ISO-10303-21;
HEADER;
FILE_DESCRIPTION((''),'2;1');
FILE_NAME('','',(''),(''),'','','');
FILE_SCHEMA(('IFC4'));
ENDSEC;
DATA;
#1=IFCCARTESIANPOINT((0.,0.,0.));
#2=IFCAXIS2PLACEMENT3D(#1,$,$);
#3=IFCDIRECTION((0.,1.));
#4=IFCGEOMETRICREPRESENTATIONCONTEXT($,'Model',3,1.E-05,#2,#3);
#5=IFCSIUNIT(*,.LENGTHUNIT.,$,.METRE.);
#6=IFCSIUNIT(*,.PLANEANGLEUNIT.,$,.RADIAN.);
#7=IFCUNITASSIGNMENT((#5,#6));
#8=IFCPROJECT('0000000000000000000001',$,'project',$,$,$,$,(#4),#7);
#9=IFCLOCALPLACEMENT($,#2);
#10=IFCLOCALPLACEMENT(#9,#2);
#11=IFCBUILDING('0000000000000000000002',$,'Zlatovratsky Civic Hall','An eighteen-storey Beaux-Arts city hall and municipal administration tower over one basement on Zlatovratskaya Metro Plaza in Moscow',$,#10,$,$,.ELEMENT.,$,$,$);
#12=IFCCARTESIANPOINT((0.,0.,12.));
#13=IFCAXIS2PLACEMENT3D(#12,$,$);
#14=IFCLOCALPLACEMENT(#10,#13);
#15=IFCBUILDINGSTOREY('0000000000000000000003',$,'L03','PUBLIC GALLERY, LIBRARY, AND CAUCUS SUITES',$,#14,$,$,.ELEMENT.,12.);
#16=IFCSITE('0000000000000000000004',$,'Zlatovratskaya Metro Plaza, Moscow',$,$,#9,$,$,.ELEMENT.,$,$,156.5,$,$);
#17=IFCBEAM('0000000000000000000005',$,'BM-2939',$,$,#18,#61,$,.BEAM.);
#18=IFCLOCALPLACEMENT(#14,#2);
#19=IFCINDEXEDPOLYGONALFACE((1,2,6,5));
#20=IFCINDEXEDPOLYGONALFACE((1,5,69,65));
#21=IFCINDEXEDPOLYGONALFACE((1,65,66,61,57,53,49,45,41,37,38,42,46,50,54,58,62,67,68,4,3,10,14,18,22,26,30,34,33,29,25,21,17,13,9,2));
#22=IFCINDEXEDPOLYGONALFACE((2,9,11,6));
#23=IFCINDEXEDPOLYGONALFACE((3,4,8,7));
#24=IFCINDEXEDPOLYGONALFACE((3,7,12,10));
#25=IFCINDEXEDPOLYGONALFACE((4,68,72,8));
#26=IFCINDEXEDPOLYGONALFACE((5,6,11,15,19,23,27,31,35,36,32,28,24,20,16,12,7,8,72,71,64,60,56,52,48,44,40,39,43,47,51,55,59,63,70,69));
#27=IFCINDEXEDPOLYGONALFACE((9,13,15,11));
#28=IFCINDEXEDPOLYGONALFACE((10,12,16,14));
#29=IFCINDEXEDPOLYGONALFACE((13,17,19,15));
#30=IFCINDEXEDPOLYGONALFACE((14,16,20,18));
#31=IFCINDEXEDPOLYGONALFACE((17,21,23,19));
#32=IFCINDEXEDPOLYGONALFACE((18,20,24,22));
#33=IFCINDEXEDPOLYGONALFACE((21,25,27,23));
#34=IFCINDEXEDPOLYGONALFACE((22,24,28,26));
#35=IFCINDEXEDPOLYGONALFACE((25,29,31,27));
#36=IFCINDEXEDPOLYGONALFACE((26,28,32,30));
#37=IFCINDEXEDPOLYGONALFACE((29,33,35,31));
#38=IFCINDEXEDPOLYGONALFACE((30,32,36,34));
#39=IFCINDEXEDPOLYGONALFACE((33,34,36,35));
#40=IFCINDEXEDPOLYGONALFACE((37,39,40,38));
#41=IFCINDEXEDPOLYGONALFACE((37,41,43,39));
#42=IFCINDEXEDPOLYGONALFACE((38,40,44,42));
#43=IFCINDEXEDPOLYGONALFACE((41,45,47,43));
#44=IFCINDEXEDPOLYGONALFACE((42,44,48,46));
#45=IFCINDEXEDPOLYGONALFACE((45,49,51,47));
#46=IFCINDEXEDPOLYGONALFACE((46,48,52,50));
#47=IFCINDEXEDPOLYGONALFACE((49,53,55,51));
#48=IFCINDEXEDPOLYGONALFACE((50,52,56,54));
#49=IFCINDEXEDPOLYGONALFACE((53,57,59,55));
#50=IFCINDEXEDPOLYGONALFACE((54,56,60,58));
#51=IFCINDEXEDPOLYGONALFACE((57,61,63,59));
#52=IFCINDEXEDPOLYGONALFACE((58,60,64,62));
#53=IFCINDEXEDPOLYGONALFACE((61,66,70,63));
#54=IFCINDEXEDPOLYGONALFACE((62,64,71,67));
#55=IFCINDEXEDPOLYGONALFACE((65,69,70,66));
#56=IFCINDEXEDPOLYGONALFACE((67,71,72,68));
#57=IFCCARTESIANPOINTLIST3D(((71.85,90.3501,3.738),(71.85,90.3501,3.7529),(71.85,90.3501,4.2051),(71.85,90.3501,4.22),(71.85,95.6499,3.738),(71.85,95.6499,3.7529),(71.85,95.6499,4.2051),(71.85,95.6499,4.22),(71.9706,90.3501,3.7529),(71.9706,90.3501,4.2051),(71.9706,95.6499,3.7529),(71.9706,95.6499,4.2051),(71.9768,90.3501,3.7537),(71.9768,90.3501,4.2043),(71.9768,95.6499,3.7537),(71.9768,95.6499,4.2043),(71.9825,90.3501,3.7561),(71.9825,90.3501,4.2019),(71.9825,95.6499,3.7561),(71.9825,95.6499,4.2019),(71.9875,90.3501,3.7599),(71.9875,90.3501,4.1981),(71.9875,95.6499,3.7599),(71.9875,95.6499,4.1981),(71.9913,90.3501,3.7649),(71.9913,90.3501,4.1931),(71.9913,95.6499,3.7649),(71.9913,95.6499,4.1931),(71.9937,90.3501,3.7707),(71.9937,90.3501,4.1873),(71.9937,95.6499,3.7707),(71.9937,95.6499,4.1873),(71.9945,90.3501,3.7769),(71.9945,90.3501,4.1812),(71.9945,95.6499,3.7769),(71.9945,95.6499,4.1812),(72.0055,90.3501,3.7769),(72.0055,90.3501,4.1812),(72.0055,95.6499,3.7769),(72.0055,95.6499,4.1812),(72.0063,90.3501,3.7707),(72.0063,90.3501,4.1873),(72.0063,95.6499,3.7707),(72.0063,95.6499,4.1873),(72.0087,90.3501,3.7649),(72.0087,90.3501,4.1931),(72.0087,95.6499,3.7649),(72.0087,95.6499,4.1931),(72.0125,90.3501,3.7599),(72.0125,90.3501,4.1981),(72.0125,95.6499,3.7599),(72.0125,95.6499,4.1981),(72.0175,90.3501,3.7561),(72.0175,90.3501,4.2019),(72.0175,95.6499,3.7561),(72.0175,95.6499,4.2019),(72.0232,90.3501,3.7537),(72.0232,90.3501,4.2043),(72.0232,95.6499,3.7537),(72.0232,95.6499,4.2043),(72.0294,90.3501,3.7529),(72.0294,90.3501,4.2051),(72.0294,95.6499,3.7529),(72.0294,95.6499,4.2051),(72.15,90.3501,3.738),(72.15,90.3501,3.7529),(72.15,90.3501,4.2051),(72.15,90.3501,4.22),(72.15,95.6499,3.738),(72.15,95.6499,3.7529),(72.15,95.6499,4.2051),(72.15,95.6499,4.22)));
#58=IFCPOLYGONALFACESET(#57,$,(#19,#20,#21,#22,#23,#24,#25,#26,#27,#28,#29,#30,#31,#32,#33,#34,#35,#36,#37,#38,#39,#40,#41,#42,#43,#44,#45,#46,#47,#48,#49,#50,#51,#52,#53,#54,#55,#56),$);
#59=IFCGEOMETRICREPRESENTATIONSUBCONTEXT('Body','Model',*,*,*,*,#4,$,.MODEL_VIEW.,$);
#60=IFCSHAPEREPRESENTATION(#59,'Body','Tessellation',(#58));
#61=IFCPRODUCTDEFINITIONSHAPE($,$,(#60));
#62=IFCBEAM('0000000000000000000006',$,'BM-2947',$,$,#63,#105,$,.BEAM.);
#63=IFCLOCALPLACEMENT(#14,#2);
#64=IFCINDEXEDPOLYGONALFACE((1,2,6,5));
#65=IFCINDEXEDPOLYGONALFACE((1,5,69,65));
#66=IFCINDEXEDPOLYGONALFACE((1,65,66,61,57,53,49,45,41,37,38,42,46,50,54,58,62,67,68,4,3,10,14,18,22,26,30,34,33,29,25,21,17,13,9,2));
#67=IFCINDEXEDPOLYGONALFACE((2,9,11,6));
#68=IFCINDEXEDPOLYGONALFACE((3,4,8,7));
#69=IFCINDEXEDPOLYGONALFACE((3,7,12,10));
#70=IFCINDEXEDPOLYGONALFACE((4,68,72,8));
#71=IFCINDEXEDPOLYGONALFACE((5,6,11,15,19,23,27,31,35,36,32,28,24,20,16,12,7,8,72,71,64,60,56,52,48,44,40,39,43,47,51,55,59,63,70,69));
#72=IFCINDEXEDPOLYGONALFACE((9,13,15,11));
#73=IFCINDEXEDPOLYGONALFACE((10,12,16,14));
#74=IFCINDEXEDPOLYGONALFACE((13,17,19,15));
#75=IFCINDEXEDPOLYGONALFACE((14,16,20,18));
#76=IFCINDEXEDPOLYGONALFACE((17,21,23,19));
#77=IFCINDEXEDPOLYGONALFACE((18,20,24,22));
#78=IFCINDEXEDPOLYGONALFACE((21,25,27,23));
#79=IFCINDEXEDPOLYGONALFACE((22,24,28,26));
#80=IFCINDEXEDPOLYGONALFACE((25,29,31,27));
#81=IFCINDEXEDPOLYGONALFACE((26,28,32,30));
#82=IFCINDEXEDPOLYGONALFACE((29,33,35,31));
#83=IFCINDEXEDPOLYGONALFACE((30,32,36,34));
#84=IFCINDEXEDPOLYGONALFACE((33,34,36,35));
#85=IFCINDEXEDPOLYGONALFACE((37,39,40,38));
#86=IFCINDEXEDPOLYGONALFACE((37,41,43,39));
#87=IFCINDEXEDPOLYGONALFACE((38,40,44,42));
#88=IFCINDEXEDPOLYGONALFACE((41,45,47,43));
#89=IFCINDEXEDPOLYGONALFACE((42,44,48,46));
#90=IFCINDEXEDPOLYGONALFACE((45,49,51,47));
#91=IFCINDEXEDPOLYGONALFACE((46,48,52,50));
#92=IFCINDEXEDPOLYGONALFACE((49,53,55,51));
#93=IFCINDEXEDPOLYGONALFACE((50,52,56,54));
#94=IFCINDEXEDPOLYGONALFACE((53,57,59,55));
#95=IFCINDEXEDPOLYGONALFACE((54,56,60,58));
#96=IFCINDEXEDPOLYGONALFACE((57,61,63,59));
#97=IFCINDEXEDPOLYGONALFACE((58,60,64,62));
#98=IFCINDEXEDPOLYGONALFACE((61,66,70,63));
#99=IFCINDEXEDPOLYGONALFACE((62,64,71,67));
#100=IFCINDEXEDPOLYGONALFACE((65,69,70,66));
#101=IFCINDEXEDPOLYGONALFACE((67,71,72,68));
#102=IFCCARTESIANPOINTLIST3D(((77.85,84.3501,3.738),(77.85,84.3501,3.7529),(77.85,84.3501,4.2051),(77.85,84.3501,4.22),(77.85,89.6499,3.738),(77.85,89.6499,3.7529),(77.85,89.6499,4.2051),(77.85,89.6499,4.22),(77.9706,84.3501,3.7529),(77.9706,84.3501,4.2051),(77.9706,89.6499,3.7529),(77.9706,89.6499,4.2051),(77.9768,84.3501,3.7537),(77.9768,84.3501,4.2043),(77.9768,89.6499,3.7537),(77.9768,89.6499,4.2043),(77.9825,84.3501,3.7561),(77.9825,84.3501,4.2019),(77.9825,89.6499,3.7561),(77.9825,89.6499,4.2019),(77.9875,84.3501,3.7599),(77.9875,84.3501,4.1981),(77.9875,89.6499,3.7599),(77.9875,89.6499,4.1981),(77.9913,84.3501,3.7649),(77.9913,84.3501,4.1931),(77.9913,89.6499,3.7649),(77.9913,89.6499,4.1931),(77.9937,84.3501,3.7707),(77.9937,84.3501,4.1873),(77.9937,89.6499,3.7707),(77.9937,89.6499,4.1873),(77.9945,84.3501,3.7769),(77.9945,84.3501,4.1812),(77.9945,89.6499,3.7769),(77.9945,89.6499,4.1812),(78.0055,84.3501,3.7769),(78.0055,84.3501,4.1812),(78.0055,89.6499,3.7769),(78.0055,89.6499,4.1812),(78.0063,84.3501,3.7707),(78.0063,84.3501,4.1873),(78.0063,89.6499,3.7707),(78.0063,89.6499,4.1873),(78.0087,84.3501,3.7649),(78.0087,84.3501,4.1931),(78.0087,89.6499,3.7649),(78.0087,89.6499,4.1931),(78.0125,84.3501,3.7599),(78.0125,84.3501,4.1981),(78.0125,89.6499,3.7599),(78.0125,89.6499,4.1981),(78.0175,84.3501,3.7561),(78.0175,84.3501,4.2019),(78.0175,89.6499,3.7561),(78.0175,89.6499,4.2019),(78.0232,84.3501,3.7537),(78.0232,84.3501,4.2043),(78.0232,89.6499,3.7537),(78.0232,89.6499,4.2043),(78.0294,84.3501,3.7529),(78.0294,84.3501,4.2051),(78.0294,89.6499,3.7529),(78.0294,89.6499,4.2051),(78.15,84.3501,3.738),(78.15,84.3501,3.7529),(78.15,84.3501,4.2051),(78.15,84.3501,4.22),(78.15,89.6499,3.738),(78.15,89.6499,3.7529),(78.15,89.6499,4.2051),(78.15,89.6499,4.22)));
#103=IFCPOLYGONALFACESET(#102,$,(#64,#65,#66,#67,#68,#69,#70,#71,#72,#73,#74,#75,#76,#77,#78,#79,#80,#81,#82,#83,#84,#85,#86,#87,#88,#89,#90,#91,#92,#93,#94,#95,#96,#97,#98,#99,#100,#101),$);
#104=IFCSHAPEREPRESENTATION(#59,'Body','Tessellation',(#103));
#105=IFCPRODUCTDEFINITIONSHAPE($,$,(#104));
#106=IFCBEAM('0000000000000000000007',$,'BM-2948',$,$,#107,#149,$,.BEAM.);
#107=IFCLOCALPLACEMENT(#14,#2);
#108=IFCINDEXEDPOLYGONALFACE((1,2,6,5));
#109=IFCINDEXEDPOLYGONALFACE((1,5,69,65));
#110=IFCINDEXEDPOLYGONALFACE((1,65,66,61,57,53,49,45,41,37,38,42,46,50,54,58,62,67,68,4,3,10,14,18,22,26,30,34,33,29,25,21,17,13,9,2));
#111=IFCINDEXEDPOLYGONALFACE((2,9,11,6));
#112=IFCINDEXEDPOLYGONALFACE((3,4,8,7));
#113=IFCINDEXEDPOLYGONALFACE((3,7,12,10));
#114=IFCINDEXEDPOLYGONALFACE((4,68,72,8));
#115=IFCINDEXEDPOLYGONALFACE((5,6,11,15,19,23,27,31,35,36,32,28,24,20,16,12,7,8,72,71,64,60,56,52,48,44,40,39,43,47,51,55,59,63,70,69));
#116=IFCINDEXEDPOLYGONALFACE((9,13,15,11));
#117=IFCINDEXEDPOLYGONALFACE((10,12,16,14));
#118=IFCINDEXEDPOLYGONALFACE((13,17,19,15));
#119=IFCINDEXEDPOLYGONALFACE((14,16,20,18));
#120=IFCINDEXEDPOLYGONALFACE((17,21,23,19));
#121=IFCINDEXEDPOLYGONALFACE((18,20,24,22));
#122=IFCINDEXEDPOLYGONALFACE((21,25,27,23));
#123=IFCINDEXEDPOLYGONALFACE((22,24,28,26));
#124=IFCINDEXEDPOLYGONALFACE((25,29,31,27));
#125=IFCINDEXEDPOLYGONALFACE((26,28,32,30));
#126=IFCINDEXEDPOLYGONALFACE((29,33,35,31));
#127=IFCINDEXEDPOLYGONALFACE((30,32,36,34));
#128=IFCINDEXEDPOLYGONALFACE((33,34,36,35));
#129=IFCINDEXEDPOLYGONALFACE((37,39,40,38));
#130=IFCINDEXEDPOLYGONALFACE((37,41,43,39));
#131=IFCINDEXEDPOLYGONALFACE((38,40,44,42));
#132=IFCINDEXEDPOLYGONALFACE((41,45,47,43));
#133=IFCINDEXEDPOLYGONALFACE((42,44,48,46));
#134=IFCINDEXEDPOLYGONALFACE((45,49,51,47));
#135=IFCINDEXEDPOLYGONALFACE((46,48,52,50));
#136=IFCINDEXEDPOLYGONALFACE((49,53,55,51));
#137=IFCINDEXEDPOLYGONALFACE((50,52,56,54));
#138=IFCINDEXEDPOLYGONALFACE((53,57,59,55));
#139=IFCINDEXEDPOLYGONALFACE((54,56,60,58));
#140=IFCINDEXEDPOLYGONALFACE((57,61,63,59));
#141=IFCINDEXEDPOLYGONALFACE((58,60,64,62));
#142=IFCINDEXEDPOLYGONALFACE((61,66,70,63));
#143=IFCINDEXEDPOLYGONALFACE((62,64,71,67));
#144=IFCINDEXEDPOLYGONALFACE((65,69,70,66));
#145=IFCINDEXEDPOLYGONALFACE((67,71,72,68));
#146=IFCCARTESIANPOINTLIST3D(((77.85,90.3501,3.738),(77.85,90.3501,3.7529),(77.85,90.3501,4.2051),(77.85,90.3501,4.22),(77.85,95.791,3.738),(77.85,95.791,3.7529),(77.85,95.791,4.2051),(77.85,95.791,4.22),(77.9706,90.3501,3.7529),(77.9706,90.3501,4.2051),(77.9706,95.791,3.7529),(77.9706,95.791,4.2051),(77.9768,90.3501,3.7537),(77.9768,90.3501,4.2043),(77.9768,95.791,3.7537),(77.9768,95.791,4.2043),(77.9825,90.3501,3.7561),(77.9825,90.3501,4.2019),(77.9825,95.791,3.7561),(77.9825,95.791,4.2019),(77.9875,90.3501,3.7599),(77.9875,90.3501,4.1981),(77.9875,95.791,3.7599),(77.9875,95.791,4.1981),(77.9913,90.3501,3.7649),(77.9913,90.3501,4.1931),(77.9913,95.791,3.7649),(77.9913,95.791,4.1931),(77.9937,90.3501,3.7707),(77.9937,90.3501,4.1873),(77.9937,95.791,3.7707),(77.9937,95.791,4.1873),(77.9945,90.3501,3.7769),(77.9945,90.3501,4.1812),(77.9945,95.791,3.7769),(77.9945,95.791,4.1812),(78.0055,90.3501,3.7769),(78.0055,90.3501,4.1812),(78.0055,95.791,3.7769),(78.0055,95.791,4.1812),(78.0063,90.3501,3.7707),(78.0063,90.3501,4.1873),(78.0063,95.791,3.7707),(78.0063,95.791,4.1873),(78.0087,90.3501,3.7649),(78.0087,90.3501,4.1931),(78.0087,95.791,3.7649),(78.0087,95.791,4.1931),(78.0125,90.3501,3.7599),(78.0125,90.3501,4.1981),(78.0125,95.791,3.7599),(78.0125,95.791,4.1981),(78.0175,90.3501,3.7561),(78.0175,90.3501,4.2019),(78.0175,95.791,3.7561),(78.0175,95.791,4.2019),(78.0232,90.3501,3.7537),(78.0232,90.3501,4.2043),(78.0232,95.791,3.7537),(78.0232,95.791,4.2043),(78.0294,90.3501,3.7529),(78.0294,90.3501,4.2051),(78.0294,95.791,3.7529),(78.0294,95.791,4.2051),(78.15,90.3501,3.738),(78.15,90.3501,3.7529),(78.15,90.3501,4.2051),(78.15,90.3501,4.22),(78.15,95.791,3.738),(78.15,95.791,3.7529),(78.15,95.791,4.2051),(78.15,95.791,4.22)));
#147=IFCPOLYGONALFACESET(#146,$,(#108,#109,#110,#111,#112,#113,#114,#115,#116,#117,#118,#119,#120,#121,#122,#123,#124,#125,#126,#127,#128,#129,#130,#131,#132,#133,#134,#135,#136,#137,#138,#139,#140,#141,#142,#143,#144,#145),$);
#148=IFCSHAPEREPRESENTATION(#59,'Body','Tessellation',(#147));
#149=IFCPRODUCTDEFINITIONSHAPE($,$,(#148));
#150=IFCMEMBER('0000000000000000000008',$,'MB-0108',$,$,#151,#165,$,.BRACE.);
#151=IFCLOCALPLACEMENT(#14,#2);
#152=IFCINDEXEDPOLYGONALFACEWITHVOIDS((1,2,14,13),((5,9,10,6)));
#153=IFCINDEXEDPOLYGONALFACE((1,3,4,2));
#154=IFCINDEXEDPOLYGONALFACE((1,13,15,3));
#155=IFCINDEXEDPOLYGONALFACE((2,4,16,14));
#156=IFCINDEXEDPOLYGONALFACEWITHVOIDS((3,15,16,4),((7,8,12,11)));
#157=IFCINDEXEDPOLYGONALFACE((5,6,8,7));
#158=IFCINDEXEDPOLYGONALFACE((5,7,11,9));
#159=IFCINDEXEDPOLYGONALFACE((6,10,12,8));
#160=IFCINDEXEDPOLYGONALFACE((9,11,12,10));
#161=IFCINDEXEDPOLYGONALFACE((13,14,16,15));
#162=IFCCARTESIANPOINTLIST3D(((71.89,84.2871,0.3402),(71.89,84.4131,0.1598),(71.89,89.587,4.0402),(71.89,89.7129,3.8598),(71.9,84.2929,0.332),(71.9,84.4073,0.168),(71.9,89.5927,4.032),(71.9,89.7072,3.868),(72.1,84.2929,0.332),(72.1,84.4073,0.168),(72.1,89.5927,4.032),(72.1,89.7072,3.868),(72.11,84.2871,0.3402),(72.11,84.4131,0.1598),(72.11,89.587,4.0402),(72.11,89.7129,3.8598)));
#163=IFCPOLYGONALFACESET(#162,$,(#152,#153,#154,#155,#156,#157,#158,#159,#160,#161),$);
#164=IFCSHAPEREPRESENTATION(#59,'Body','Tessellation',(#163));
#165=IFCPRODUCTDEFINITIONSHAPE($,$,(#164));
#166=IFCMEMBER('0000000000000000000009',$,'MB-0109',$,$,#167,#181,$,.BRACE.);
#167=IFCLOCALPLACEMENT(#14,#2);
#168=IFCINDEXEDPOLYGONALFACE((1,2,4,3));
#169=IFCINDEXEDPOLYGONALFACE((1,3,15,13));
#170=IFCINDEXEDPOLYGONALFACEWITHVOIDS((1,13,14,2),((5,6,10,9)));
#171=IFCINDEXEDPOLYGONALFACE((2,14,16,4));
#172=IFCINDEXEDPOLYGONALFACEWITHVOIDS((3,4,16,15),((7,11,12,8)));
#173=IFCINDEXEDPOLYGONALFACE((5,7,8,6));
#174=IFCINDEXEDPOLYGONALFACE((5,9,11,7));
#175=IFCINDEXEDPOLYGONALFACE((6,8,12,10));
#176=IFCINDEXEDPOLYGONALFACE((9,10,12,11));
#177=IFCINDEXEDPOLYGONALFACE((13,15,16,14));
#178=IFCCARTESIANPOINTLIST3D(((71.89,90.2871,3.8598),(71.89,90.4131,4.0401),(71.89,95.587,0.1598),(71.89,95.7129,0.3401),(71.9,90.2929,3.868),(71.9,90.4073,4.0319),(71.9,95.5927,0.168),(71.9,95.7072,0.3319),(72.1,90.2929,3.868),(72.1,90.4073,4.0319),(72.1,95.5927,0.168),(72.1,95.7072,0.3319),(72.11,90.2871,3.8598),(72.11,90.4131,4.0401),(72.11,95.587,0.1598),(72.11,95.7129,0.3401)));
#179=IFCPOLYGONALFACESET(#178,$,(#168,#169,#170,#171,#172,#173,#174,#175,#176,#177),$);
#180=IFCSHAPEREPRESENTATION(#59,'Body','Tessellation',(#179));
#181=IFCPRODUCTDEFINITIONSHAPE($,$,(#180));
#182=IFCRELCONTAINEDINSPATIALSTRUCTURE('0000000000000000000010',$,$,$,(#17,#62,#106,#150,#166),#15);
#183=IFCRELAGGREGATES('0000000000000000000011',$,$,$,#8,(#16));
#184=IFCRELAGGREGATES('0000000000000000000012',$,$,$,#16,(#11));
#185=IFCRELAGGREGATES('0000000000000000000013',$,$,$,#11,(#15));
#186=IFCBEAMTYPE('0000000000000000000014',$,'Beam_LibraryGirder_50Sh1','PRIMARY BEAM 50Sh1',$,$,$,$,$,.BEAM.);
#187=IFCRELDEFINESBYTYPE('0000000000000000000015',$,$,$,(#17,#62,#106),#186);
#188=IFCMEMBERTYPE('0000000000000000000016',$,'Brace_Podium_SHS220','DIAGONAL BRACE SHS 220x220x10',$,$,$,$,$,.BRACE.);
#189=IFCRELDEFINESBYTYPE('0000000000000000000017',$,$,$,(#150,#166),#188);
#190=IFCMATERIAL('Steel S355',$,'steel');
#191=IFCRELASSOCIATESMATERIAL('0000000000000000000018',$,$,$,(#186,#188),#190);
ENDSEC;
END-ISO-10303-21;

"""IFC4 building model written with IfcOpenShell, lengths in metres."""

from ifc_helpers import new_model, si_unit, direction, frame, origin, origin_2d, place, context, subcontext, project, spatial, hollow_rectangle, i_section, extrude, material, material_profile, profile_set, type_object, element, save


model = new_model("IFC4")

# Units and contexts
model_context = context("Model", 3, precision=1e-05, world=origin(), true_north=direction((0.0, 1.0)))
body_context = subcontext(model_context, "Body", "Model", "MODEL_VIEW")
ifc_project = project(units=[si_unit("LENGTHUNIT", "METRE"), si_unit("PLANEANGLEUNIT", "RADIAN")], contexts=[model_context])

# Site, building, storey
site_placement = place(None, origin())
site = spatial("IfcSite", under=ifc_project, at=site_placement, Name="Zlatovratskaya Metro Plaza, Moscow", CompositionType="ELEMENT", RefElevation=156.5)
building_placement = place(site_placement, origin())
building = spatial("IfcBuilding", under=site, at=building_placement, Name="Zlatovratsky Civic Hall", Description="An eighteen-storey Beaux-Arts city hall and municipal administration tower over one basement on Zlatovratskaya Metro Plaza in Moscow", CompositionType="ELEMENT")
storey_placement = place(building_placement, frame((0.0, 0.0, 12.0)))
storey = spatial("IfcBuildingStorey", under=building, at=storey_placement, Name="L03", Description="PUBLIC GALLERY, LIBRARY, AND CAUCUS SUITES", CompositionType="ELEMENT", Elevation=12.0)

# Beams
ifc_material_1 = material(Name="Steel S355", Category="steel")
ifc_material_profile_1 = material_profile(ifc_material_1, i_section(OverallWidth=0.3, OverallDepth=0.4819, WebThickness=0.011, FlangeThickness=0.0149, FilletRadius=0.0239, at=origin_2d()), Name="50Sh1")
ifc_profile_set_1 = profile_set([ifc_material_profile_1], Name="Steel S355")
beam_type_1 = type_object("IfcBeamType", Name="Beam_LibraryGirder_50Sh1", Description="PRIMARY BEAM 50Sh1", PredefinedType="BEAM", material=ifc_profile_set_1)
for number, where, z_axis, x_axis, name in (
    (1, (72.0, 90.3501, 3.979), (0.0, 1.0, 0.0), (-1.0, 0.0, 0.0), "BM-2939"),
    (2, (78.0, 84.3501, 3.979), (0.0, 1.0, 0.0), (-1.0, 0.0, 0.0), "BM-2947"),
):
    element("IfcBeam", number, at=place(storey_placement, frame(where, z_axis=z_axis, x_axis=x_axis)), inside=storey, type_object=beam_type_1, Name=name, PredefinedType="BEAM", context=body_context, shape_type="SweptSolid", body=[
        extrude(i_section(OverallWidth=0.3, OverallDepth=0.4819, WebThickness=0.011, FlangeThickness=0.0149, FilletRadius=0.0239, at=origin_2d()), origin(), (0.0, 0.0, 1.0), 5.2998),
    ])
beam_1_placement = place(storey_placement, frame((78.0, 90.3501, 3.979), z_axis=(0.0, 1.0, 0.0), x_axis=(-1.0, 0.0, 0.0)))
element("IfcBeam", 3, at=beam_1_placement, inside=storey, type_object=beam_type_1, Name="BM-2948", PredefinedType="BEAM", context=body_context, shape_type="SweptSolid", body=[
    extrude(i_section(OverallWidth=0.3, OverallDepth=0.4819, WebThickness=0.011, FlangeThickness=0.0149, FilletRadius=0.0239, at=origin_2d()), origin(), (0.0, 0.0, 1.0), 5.4409),
])

# Members
ifc_material_profile_2 = material_profile(ifc_material_1, hollow_rectangle(XDim=0.22, YDim=0.22, WallThickness=0.01, at=origin_2d()), Name="SHS 220x220x10")
ifc_profile_set_2 = profile_set([ifc_material_profile_2], Name="Steel S355")
member_type = type_object("IfcMemberType", Name="Brace_Podium_SHS220", Description="DIAGONAL BRACE SHS 220x220x10", PredefinedType="BRACE", material=ifc_profile_set_2)
for number, where, z_axis, x_axis, name in (
    (4, (72.0, 84.3501, 0.25), (0.0, 0.819952, 0.572433), (-1.0, 0.0, 0.0), "MB-0108"),
    (5, (72.0, 90.3501, 3.95), (0.0, 0.819952, -0.572433), (-1.0, 0.0, 0.0), "MB-0109"),
):
    element("IfcMember", number, at=place(storey_placement, frame(where, z_axis=z_axis, x_axis=x_axis)), inside=storey, type_object=member_type, Name=name, PredefinedType="BRACE", context=body_context, shape_type="SweptSolid", body=[
        extrude(hollow_rectangle(XDim=0.22, YDim=0.22, WallThickness=0.01, at=origin_2d()), origin(), (0.0, 0.0, 1.0), 6.4636),
    ])

save(model, "model.ifc")
